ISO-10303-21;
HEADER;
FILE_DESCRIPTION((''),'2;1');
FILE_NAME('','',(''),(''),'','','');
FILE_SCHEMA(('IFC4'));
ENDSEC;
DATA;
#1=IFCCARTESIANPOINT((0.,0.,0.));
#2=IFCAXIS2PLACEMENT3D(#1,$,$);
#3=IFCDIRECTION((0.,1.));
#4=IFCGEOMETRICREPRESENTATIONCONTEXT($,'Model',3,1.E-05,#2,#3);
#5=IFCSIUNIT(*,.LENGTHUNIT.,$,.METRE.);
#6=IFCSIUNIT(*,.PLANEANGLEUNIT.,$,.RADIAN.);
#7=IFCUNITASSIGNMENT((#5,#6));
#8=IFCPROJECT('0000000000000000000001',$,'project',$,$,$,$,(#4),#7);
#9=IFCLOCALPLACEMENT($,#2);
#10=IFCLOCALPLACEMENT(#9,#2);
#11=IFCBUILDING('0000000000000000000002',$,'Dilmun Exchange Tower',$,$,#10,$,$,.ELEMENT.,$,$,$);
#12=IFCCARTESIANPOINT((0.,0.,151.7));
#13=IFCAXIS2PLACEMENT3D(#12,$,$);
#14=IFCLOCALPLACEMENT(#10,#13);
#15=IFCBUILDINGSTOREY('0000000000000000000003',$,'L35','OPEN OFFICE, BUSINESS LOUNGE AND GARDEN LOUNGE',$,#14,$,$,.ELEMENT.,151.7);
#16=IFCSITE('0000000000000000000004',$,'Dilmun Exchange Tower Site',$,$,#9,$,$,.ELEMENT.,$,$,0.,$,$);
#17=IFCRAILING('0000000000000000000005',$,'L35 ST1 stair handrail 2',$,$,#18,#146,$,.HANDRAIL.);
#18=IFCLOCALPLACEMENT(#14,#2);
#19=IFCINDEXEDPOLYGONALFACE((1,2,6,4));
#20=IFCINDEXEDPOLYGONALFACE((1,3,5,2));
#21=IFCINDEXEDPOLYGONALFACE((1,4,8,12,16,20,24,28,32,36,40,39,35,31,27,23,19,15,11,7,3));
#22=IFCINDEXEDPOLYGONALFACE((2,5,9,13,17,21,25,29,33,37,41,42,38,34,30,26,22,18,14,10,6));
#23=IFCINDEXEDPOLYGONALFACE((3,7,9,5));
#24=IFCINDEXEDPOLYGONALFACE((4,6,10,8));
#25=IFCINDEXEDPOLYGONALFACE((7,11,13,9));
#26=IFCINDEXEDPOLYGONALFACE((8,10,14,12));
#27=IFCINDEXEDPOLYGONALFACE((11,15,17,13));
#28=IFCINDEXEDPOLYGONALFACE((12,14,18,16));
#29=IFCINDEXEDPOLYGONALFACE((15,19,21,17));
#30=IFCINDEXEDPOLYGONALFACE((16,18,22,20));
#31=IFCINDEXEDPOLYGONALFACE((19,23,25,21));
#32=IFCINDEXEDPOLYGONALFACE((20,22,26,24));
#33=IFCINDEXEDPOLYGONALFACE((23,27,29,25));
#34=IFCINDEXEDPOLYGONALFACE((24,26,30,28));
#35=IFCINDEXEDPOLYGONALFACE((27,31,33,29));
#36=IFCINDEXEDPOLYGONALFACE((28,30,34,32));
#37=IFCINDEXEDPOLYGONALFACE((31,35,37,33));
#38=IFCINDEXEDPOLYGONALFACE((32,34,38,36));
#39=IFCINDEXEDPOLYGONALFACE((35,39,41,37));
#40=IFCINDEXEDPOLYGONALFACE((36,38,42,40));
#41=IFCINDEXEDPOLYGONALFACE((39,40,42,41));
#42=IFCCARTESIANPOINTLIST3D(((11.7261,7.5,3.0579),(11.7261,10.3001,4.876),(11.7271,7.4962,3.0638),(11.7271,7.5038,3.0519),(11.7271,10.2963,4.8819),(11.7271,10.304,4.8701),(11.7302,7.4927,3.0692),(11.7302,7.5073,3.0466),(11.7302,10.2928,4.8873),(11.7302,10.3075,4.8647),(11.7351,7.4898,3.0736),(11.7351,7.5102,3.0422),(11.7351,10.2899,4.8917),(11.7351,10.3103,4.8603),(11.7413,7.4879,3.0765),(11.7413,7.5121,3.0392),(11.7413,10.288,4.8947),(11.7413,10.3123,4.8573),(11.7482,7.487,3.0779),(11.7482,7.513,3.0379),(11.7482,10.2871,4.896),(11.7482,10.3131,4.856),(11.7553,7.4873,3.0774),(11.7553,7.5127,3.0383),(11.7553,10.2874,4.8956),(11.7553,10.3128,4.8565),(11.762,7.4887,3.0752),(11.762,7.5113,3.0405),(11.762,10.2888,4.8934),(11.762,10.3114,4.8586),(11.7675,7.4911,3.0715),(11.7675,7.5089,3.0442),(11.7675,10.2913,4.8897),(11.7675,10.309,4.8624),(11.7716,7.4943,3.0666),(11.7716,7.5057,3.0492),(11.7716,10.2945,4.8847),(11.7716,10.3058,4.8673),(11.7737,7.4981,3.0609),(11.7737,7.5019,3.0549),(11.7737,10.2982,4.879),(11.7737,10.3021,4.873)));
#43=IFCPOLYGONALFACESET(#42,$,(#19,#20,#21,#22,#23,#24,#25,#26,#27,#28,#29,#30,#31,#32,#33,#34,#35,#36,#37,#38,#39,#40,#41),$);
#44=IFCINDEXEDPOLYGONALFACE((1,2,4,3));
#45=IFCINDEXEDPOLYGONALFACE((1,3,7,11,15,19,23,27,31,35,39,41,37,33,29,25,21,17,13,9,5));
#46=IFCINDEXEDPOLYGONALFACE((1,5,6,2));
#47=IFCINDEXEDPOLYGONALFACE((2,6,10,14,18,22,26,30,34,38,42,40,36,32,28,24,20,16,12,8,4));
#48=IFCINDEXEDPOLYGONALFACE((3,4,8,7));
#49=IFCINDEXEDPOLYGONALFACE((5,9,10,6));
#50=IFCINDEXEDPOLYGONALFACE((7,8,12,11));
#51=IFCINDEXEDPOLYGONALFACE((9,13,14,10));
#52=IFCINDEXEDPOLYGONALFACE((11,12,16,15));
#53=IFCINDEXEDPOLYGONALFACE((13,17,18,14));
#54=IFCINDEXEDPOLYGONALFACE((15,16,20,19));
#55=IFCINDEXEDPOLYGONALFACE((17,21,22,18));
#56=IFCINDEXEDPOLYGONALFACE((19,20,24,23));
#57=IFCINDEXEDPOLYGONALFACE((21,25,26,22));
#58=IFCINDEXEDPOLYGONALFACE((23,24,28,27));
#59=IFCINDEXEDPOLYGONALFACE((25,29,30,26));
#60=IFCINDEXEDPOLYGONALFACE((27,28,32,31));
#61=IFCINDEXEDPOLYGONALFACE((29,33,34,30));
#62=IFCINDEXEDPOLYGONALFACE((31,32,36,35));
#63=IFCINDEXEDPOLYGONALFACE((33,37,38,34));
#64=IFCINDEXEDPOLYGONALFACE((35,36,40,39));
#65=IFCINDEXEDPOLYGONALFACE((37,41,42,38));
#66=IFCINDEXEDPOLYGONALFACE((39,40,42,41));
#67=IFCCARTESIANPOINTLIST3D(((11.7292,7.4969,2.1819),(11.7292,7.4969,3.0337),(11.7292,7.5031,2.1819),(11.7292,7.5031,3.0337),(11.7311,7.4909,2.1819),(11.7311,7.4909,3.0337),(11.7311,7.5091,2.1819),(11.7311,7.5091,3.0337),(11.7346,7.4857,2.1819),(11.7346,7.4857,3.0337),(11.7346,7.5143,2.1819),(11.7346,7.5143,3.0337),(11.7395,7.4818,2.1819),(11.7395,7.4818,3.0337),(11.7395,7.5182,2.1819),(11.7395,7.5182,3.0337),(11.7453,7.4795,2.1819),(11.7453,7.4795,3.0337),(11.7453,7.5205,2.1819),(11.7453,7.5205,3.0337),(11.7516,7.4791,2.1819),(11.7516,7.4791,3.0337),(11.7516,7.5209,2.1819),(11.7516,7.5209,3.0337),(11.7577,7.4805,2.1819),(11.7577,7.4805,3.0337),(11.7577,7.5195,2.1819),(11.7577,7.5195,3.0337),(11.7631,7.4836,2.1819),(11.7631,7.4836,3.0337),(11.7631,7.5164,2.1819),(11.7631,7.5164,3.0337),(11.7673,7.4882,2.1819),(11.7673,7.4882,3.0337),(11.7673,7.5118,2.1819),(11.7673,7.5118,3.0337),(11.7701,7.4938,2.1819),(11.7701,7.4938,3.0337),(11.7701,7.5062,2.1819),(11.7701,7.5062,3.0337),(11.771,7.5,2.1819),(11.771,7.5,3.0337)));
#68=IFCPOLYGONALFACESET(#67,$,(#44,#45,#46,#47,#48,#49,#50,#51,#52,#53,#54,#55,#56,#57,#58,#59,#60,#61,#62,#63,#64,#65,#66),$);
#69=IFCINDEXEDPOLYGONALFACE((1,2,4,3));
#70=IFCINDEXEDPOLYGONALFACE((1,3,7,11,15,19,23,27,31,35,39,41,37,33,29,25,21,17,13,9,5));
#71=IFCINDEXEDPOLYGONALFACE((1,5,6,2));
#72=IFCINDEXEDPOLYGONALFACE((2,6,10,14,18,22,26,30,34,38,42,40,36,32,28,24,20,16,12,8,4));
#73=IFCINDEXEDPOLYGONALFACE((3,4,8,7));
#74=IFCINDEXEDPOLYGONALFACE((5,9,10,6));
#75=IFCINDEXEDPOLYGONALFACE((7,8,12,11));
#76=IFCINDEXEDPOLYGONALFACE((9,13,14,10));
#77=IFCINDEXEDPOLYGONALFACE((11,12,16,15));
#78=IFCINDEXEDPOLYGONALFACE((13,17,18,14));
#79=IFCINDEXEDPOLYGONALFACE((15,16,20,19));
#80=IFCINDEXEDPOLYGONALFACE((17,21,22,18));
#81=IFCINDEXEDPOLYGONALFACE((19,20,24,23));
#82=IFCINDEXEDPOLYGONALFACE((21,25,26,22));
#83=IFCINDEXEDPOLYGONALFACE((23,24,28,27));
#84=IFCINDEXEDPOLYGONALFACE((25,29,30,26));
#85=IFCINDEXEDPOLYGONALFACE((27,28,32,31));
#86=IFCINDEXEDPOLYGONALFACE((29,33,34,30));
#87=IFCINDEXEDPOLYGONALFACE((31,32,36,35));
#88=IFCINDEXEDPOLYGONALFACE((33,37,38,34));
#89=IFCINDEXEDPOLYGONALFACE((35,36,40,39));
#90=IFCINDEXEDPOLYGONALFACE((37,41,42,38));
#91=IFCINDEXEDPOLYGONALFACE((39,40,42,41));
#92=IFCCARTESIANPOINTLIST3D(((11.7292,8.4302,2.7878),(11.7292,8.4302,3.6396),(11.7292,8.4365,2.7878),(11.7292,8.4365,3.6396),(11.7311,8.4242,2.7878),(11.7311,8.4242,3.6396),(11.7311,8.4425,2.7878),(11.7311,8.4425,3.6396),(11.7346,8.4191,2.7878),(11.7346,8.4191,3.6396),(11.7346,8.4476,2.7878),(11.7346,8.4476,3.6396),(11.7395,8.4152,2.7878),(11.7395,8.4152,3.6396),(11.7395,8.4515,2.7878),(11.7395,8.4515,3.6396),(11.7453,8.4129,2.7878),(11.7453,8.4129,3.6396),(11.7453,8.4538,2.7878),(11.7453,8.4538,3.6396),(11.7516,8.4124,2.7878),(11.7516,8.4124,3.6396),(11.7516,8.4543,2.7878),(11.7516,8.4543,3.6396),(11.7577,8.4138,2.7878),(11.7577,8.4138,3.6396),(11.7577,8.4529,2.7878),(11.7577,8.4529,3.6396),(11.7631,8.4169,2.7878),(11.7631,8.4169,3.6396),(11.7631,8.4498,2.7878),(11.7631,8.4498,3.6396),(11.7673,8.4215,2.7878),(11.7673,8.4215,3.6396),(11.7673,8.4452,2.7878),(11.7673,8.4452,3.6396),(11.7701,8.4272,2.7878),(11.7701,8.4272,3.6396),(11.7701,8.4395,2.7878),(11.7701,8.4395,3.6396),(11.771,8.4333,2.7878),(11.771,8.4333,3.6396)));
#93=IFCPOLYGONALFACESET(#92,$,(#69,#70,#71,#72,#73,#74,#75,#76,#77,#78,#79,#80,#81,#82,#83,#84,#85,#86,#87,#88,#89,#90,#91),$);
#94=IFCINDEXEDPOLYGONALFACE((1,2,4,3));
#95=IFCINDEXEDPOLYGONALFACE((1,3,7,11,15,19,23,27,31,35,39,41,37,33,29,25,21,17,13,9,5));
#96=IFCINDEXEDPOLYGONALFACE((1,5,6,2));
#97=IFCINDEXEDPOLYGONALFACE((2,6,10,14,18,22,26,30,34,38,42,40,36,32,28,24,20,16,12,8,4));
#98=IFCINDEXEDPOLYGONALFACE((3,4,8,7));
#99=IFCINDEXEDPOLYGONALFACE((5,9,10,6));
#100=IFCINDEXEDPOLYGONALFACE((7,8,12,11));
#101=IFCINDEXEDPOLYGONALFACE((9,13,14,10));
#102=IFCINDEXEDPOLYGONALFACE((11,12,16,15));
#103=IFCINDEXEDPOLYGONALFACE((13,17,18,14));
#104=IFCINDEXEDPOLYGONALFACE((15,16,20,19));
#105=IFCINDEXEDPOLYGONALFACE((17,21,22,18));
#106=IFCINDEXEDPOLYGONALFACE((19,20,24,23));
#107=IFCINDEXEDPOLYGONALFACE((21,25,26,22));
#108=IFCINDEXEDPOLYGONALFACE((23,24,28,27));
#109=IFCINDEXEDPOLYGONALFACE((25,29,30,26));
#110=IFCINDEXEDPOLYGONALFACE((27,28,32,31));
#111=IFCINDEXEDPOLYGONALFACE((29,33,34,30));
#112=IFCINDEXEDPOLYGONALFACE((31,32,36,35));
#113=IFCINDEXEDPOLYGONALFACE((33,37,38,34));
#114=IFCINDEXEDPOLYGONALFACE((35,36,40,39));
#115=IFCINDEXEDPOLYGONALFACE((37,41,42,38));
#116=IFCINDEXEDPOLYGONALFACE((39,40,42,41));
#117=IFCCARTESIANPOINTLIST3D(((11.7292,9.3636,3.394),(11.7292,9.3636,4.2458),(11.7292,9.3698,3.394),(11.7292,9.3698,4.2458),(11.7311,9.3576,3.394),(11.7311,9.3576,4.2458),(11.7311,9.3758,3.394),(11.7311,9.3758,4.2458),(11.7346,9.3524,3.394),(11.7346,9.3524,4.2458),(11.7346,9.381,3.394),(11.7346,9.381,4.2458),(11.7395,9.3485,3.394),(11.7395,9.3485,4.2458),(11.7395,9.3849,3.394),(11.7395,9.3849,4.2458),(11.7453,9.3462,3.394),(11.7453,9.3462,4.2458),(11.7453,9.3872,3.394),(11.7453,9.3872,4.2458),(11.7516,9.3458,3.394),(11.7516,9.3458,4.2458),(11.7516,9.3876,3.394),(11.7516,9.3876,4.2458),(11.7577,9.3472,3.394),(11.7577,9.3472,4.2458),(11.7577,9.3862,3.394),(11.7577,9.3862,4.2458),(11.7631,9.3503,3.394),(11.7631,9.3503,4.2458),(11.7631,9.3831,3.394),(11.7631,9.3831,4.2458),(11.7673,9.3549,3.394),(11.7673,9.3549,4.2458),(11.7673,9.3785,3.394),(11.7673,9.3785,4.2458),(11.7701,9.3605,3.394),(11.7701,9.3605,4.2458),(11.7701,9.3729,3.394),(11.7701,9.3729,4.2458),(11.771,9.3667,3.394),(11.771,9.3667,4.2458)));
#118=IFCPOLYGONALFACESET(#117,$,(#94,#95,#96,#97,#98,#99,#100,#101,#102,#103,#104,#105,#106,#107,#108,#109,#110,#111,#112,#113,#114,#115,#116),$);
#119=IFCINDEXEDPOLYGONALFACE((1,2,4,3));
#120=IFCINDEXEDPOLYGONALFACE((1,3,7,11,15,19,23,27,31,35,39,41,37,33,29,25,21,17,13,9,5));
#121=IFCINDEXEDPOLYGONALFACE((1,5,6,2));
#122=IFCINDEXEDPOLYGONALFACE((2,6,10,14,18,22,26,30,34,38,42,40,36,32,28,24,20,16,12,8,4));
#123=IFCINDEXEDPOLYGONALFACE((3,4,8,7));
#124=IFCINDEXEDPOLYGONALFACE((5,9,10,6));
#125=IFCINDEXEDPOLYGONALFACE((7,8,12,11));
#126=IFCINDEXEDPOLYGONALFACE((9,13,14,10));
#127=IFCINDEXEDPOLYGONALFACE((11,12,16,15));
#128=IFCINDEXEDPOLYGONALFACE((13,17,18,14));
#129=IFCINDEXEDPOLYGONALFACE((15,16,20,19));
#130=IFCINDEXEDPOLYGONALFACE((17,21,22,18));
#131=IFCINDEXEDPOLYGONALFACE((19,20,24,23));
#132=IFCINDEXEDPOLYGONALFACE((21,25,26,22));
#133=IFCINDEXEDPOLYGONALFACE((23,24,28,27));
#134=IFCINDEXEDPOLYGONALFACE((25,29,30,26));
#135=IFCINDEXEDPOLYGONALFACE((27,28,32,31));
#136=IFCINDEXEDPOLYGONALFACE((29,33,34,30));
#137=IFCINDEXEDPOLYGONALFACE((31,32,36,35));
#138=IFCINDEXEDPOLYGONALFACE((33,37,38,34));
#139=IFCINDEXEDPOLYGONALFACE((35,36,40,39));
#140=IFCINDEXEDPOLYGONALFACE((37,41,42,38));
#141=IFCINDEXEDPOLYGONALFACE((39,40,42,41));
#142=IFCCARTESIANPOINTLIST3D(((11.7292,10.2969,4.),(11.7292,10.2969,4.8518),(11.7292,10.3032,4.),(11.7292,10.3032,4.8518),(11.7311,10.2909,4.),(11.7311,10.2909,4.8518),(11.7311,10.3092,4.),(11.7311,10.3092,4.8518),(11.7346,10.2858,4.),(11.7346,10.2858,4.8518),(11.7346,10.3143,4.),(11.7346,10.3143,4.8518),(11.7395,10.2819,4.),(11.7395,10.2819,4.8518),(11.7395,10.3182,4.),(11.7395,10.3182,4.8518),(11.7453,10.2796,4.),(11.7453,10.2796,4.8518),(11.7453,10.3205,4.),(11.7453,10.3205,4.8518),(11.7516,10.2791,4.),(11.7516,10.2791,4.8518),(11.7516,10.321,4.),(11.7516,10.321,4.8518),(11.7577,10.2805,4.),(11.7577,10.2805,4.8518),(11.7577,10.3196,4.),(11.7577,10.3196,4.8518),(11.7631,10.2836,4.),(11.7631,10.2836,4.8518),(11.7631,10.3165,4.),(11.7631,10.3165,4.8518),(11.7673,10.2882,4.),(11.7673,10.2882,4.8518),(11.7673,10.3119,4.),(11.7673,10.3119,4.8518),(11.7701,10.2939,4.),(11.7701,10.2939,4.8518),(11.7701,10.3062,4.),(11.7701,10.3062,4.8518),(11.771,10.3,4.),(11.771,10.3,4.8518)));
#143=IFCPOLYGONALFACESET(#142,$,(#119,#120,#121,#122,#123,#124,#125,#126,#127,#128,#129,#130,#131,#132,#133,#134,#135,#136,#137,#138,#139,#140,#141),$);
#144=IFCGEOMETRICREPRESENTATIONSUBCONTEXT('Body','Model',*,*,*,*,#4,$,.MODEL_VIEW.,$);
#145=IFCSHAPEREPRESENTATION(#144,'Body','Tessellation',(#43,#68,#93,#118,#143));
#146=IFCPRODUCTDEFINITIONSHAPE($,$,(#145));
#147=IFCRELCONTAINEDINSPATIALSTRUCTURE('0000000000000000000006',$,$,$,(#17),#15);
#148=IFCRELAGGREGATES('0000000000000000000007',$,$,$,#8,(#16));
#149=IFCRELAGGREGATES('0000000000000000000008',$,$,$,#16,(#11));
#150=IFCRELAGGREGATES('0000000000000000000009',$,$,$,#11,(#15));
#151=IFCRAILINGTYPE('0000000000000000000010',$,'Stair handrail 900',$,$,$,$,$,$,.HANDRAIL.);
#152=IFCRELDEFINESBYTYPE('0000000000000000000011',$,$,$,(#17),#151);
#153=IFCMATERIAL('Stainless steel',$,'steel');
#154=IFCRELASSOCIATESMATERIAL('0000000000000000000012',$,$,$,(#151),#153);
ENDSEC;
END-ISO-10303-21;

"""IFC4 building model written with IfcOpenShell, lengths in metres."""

from ifc_helpers import new_model, si_unit, direction, frame, origin, origin_2d, place, context, subcontext, project, spatial, circle, extrude, material, type_object, element, save


model = new_model("IFC4")

# Units and contexts
model_context = context("Model", 3, precision=1e-05, world=origin(), true_north=direction((0.0, 1.0)))
body_context = subcontext(model_context, "Body", "Model", "MODEL_VIEW")
ifc_project = project(units=[si_unit("LENGTHUNIT", "METRE"), si_unit("PLANEANGLEUNIT", "RADIAN")], contexts=[model_context])

# Site, building, storey
site_placement = place(None, origin())
site = spatial("IfcSite", under=ifc_project, at=site_placement, Name="Dilmun Exchange Tower Site", CompositionType="ELEMENT", RefElevation=0.0)
building_placement = place(site_placement, origin())
building = spatial("IfcBuilding", under=site, at=building_placement, Name="Dilmun Exchange Tower", CompositionType="ELEMENT")
storey_placement = place(building_placement, frame((0.0, 0.0, 151.7)))
storey = spatial("IfcBuildingStorey", under=building, at=storey_placement, Name="L35", Description="OPEN OFFICE, BUSINESS LOUNGE AND GARDEN LOUNGE", CompositionType="ELEMENT", Elevation=151.7)

# Railing
ifc_material_1 = material(Name="Stainless steel", Category="steel")
railing_type = type_object("IfcRailingType", Name="Stair handrail 900", PredefinedType="HANDRAIL", material=ifc_material_1)
railing_1_placement = place(storey_placement, frame((11.75, 7.5, 2.1819)))
element("IfcRailing", 1, at=railing_1_placement, inside=storey, type_object=railing_type, Name="L35 ST1 stair handrail 2", PredefinedType="HANDRAIL", context=body_context, shape_type="SweptSolid", body=[
    extrude(circle(Radius=0.0239, at=origin_2d()), frame((0.0, 0.0, 0.876), z_axis=(0.0, 0.838706, 0.544585), x_axis=(-1.0, 0.0, 0.0)), (0.0, 0.0, 1.0), 3.3386),
    extrude(circle(Radius=0.021, at=origin_2d()), origin(), (0.0, 0.0, 1.0), 0.8518),
    extrude(circle(Radius=0.021, at=origin_2d()), frame((0.0, 0.9333, 0.606)), (0.0, 0.0, 1.0), 0.8518),
    extrude(circle(Radius=0.021, at=origin_2d()), frame((0.0, 1.8667, 1.2122)), (0.0, 0.0, 1.0), 0.8518),
    extrude(circle(Radius=0.021, at=origin_2d()), frame((0.0, 2.8, 1.8181)), (0.0, 0.0, 1.0), 0.8518),
])

save(model, "model.ifc")
